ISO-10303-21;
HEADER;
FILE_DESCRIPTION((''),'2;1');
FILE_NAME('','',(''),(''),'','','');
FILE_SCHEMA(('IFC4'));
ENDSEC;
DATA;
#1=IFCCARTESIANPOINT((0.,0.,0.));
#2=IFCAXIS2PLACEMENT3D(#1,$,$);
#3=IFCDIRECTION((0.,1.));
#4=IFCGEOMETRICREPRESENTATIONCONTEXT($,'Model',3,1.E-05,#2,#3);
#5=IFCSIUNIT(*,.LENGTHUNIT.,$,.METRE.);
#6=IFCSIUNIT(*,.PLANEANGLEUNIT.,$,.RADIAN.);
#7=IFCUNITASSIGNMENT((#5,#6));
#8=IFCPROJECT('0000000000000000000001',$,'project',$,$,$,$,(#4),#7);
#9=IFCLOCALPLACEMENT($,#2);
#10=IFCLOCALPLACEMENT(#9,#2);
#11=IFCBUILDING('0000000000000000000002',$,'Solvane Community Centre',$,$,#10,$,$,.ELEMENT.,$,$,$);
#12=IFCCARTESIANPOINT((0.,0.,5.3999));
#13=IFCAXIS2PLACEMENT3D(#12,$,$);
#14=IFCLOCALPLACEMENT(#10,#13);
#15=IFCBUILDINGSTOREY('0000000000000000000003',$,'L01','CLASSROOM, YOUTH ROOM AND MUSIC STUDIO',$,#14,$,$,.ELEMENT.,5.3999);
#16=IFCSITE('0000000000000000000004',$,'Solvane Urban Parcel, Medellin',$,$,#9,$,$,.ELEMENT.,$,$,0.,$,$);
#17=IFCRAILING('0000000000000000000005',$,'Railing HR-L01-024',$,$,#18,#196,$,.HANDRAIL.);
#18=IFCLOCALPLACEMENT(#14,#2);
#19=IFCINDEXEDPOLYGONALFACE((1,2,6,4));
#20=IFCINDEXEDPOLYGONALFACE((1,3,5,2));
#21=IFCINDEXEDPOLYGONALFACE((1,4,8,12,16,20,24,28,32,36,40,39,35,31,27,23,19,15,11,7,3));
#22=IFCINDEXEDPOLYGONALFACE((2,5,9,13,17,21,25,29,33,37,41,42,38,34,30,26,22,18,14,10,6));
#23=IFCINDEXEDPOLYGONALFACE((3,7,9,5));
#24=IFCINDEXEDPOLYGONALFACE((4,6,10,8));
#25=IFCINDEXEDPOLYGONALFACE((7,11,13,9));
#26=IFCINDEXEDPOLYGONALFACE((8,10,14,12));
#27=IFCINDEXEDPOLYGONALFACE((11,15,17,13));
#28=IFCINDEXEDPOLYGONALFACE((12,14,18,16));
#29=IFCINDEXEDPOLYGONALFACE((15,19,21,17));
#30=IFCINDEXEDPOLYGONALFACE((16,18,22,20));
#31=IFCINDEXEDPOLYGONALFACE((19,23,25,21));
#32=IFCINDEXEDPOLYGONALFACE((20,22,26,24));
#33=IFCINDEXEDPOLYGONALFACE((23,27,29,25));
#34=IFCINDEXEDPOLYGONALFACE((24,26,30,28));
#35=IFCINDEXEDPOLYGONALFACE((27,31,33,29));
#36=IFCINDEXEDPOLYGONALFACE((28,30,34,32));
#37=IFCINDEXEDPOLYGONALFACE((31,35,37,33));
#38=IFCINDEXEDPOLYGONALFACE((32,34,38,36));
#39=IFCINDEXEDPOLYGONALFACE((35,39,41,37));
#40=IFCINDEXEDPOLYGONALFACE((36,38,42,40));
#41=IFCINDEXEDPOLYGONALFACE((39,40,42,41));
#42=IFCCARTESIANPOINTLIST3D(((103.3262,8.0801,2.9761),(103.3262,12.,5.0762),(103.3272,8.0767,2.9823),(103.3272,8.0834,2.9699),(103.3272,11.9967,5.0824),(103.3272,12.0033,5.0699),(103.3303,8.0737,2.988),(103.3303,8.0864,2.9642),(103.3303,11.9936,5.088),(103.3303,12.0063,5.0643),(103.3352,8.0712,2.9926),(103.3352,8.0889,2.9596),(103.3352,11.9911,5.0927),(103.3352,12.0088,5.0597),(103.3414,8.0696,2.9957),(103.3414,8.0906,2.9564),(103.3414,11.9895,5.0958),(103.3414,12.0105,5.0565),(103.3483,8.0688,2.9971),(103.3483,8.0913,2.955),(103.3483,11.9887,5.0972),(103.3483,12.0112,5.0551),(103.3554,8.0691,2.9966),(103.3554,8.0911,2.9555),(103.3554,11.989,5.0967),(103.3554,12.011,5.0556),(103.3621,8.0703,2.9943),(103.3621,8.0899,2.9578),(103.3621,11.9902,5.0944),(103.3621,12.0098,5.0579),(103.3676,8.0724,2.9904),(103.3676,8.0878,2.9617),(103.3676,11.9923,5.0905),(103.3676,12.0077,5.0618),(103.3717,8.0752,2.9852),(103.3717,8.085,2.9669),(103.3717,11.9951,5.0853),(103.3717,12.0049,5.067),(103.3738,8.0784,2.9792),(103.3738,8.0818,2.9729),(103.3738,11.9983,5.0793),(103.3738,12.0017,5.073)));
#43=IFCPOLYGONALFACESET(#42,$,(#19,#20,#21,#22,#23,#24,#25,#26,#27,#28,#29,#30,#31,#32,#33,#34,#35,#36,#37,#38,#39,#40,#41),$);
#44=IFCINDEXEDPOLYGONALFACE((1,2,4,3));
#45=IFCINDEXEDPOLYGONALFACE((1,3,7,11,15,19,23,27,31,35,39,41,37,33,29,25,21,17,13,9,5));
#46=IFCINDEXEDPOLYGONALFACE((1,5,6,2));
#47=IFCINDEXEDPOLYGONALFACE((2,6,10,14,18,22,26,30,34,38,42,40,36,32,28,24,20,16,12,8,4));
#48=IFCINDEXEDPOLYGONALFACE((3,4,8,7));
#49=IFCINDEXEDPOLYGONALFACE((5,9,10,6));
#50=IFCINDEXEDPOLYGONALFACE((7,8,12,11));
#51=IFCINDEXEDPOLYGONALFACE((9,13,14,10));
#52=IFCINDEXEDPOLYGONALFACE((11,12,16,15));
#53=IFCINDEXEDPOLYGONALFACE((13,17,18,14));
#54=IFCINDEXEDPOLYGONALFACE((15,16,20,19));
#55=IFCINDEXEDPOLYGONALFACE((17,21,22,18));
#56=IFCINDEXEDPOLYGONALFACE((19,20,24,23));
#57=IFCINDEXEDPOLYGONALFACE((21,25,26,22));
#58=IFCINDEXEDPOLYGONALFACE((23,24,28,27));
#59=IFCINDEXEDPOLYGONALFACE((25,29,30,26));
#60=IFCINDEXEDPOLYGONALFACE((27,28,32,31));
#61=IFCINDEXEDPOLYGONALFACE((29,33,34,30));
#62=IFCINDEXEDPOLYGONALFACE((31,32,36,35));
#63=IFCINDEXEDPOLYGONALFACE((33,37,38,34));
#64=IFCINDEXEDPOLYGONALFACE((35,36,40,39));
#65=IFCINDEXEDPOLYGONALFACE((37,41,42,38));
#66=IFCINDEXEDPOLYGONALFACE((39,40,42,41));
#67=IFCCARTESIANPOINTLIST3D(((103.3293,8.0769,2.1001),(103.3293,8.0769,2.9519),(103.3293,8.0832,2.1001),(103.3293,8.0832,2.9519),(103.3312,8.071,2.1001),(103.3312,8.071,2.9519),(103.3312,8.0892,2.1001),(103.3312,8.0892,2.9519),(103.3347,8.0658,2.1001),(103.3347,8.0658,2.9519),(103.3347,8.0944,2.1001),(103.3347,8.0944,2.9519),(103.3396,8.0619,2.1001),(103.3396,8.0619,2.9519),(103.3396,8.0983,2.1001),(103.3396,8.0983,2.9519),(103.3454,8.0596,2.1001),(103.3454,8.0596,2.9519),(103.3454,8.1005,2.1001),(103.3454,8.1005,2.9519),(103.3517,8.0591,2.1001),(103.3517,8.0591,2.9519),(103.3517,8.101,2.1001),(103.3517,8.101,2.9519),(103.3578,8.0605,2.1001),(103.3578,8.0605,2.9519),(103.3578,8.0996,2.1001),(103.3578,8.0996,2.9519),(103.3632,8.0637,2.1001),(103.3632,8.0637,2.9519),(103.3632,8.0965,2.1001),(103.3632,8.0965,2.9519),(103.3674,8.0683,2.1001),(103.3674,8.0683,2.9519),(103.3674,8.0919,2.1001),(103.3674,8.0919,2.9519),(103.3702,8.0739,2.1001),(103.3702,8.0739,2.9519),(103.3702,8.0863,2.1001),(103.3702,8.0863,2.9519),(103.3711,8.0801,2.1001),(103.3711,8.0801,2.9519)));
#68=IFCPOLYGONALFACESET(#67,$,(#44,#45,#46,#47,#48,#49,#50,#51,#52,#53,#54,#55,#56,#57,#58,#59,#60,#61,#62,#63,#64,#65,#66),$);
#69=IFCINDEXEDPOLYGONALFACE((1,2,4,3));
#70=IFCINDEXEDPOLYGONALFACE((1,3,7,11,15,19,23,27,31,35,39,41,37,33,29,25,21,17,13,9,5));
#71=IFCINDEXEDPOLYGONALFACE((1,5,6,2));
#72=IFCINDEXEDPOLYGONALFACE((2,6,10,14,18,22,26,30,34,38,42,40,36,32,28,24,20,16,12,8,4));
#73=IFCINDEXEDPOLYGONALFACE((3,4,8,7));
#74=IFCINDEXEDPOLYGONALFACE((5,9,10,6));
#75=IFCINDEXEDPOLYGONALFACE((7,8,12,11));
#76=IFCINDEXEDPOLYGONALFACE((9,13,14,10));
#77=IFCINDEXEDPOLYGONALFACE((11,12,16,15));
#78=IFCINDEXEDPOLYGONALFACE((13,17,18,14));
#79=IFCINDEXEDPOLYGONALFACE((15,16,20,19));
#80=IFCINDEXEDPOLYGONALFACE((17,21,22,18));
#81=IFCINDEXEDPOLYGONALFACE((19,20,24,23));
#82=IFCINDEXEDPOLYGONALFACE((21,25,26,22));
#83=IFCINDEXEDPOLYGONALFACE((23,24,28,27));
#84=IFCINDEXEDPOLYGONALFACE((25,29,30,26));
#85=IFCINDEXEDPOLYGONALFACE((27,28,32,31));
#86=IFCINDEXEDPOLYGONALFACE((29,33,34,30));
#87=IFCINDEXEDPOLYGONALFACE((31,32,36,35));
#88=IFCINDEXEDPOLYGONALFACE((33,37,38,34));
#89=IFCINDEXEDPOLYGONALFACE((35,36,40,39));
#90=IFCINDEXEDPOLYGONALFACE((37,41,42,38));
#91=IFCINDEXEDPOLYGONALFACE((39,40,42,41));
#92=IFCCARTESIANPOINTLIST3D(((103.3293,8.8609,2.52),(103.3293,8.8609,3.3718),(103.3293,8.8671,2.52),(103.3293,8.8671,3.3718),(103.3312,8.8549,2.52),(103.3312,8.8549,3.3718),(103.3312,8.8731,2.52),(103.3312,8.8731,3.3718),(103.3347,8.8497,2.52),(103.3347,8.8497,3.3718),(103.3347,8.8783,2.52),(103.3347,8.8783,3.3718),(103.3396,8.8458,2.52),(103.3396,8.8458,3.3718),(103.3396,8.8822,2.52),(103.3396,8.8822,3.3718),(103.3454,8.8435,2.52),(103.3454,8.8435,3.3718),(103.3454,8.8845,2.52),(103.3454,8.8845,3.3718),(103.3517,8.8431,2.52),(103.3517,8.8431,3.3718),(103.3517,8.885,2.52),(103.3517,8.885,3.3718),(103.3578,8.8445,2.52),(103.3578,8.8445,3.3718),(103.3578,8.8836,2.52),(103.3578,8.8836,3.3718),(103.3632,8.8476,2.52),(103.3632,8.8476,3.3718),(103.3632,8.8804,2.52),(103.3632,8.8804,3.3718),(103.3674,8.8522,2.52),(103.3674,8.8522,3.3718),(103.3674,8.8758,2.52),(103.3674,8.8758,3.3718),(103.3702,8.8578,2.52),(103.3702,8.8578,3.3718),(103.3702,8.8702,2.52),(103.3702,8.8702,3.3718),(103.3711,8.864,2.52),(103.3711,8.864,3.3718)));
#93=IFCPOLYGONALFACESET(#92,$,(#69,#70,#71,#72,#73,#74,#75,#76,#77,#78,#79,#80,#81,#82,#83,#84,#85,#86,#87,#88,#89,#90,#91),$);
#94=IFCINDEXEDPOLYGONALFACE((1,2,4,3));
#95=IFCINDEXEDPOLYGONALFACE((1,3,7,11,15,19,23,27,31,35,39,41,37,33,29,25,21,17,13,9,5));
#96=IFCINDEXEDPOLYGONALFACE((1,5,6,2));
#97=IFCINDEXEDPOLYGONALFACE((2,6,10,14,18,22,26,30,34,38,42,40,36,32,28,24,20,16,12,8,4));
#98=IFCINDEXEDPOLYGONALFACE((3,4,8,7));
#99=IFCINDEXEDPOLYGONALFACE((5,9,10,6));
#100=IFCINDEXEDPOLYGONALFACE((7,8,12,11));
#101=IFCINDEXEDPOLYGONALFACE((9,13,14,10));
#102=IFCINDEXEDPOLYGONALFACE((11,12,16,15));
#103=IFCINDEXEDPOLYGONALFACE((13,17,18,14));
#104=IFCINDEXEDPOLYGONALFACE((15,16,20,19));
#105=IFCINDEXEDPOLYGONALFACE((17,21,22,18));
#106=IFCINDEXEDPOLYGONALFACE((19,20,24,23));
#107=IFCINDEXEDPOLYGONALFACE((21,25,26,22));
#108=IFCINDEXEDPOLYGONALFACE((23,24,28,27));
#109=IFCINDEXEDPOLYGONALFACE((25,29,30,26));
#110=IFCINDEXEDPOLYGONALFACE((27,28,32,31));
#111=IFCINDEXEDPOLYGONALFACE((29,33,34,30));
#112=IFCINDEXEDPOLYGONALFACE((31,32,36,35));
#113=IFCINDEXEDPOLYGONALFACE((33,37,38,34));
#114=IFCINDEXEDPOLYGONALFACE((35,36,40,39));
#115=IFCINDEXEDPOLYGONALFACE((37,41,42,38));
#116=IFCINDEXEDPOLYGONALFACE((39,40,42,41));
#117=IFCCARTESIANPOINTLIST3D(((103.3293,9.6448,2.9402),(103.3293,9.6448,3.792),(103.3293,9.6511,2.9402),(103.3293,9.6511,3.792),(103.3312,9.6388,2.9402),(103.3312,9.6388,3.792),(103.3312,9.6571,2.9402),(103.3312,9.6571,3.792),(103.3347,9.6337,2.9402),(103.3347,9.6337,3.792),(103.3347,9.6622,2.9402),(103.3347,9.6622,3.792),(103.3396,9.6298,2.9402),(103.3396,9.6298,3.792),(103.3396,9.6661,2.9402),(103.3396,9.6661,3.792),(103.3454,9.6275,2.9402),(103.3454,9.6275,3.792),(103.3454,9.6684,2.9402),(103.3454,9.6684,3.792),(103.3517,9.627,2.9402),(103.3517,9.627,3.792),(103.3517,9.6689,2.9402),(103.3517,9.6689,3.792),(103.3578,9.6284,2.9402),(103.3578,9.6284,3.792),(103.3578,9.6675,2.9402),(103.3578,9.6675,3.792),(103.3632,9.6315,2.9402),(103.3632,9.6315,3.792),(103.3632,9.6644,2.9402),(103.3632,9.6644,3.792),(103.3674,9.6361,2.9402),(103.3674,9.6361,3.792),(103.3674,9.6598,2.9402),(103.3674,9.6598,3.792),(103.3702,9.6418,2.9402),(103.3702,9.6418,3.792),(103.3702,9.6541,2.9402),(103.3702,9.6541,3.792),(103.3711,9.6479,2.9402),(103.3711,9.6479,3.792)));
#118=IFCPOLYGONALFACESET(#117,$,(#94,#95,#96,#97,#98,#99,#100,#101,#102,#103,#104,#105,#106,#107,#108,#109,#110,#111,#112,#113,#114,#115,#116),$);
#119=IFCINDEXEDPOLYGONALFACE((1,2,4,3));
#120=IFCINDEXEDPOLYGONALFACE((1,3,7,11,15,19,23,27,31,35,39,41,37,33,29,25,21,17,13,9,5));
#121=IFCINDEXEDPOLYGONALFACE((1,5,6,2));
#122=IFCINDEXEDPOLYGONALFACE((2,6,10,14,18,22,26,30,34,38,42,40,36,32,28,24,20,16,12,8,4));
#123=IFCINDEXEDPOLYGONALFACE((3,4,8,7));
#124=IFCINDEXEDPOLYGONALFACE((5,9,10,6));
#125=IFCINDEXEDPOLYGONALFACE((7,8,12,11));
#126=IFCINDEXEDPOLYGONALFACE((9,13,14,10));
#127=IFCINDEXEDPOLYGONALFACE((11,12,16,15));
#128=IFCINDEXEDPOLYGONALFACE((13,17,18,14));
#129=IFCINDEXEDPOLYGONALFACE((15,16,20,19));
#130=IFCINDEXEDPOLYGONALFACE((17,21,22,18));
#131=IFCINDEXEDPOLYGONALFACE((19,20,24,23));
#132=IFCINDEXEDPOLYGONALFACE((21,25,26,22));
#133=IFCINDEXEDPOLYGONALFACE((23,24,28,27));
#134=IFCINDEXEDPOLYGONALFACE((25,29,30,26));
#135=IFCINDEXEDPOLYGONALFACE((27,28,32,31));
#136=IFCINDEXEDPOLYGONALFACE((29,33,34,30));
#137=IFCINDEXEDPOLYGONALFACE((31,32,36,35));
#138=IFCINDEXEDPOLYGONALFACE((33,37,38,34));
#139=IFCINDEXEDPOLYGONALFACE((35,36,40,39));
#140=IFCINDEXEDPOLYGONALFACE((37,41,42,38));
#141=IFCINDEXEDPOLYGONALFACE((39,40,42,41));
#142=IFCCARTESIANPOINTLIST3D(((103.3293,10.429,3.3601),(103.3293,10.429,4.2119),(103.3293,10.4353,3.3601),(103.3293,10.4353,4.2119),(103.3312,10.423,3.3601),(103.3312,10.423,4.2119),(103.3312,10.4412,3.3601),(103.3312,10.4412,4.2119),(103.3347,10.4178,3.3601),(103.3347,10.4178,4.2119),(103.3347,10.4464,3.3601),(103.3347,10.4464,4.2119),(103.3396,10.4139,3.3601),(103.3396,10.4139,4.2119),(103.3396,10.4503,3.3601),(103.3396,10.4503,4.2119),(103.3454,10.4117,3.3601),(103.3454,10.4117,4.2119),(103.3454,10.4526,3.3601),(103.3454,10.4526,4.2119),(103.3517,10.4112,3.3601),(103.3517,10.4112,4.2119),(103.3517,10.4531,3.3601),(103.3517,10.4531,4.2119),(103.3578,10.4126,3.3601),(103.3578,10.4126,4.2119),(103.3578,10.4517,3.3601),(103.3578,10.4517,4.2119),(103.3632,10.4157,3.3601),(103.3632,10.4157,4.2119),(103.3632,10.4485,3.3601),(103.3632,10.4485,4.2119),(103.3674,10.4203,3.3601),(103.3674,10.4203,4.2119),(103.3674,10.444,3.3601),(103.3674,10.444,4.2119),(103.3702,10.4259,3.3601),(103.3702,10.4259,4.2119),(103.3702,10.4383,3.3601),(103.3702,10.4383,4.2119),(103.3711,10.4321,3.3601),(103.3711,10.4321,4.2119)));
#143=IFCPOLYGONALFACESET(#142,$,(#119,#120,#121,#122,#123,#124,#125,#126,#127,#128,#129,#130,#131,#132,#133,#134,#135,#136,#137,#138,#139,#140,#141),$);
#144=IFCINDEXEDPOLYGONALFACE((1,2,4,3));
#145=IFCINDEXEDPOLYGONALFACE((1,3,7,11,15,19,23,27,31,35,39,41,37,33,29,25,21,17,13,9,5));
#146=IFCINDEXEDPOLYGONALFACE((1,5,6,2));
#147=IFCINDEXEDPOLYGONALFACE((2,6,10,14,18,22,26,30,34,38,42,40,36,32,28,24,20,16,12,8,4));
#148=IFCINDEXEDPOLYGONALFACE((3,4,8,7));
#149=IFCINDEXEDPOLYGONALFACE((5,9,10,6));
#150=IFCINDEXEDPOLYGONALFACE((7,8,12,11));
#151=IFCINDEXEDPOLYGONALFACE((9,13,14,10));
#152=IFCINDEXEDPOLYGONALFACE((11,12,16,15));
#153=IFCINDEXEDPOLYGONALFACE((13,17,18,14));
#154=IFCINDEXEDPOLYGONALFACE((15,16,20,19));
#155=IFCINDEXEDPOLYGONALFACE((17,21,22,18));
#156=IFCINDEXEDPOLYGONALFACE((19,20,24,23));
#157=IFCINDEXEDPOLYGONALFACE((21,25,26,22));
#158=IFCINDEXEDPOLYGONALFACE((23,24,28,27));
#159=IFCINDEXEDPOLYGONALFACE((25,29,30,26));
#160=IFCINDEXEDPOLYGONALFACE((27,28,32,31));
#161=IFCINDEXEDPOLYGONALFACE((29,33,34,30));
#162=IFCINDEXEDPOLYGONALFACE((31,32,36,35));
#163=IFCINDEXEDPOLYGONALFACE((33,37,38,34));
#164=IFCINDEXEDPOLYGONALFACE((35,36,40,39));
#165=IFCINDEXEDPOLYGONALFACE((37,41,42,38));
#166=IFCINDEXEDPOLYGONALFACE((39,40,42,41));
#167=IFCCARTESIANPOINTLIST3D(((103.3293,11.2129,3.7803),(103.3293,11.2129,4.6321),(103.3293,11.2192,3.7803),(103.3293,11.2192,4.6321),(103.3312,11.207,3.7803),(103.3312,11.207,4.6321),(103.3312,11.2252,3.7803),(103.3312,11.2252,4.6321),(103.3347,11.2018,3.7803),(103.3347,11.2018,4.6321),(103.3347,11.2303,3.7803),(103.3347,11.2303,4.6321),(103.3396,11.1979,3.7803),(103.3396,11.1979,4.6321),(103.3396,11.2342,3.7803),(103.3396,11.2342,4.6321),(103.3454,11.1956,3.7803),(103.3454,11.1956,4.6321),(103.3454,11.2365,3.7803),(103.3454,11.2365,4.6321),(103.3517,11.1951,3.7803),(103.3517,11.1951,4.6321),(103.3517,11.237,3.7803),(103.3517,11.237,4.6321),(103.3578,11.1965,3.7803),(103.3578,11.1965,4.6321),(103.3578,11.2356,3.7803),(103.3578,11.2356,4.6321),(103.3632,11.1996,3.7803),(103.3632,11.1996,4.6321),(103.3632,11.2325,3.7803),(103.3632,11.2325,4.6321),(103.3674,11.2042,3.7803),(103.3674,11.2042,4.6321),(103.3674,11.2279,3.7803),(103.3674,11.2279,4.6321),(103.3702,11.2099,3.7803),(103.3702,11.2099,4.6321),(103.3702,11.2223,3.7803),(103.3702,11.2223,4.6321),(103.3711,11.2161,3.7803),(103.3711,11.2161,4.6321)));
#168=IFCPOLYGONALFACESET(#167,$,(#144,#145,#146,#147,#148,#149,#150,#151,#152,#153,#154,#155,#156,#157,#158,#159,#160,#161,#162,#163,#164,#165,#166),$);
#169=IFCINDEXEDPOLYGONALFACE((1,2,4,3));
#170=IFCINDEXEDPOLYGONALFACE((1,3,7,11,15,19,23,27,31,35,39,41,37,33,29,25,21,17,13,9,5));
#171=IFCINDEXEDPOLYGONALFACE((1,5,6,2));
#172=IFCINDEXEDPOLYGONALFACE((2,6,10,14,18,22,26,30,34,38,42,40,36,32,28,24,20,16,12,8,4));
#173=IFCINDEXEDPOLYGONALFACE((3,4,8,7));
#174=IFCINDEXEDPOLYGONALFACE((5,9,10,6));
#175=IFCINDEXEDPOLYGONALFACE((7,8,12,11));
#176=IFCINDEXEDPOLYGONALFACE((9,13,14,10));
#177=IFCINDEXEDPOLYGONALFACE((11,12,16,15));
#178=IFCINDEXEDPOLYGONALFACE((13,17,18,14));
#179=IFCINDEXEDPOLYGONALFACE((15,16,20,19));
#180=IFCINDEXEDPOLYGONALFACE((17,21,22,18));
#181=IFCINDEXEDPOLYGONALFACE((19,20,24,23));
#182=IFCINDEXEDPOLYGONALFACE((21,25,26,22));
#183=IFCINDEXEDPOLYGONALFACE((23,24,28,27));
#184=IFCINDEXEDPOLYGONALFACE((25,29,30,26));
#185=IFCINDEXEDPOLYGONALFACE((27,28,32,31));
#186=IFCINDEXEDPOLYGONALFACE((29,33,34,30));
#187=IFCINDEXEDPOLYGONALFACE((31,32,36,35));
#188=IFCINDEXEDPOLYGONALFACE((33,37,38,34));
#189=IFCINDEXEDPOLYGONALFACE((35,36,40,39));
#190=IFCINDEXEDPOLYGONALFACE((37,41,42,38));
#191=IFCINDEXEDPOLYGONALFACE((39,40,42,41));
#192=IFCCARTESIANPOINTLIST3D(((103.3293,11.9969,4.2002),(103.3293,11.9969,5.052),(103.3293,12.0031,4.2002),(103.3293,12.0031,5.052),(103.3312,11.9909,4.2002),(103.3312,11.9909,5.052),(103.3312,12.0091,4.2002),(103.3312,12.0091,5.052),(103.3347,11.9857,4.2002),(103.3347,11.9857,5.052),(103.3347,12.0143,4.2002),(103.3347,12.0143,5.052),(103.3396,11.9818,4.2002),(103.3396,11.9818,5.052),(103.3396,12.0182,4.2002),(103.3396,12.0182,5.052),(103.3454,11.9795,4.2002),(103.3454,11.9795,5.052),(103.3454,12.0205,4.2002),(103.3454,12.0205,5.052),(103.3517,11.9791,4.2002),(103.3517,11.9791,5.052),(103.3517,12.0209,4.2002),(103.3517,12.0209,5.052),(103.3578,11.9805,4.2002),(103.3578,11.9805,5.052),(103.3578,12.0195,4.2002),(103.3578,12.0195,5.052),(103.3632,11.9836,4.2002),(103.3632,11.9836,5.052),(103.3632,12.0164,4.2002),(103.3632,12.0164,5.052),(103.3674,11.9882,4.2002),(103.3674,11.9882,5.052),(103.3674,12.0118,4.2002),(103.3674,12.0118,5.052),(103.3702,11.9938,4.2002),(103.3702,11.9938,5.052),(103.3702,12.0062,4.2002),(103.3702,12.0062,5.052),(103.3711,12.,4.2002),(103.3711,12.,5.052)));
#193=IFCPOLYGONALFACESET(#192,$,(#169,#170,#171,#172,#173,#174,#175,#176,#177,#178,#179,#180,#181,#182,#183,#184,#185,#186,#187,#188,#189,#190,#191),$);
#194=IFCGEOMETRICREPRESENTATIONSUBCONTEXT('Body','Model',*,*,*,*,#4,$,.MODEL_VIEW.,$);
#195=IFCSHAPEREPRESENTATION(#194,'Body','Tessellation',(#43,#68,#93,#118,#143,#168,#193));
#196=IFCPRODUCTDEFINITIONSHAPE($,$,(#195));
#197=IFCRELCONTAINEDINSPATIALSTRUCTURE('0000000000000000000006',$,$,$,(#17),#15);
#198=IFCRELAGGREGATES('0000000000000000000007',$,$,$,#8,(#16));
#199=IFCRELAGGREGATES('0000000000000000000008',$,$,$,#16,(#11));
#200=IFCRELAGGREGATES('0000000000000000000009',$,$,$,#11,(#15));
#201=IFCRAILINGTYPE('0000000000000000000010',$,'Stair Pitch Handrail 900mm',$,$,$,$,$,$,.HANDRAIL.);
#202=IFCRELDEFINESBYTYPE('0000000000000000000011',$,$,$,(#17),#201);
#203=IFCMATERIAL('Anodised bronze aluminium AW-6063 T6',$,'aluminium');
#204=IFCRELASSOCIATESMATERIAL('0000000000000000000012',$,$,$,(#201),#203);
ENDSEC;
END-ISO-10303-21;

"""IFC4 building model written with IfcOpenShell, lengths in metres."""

from ifc_helpers import new_model, si_unit, direction, frame, origin, origin_2d, place, context, subcontext, project, spatial, circle, extrude, material, type_object, element, save


model = new_model("IFC4")

# Units and contexts
model_context = context("Model", 3, precision=1e-05, world=origin(), true_north=direction((0.0, 1.0)))
body_context = subcontext(model_context, "Body", "Model", "MODEL_VIEW")
ifc_project = project(units=[si_unit("LENGTHUNIT", "METRE"), si_unit("PLANEANGLEUNIT", "RADIAN")], contexts=[model_context])

# Site, building, storey
site_placement = place(None, origin())
site = spatial("IfcSite", under=ifc_project, at=site_placement, Name="Solvane Urban Parcel, Medellin", CompositionType="ELEMENT", RefElevation=0.0)
building_placement = place(site_placement, origin())
building = spatial("IfcBuilding", under=site, at=building_placement, Name="Solvane Community Centre", CompositionType="ELEMENT")
storey_placement = place(building_placement, frame((0.0, 0.0, 5.3999)))
storey = spatial("IfcBuildingStorey", under=building, at=storey_placement, Name="L01", Description="CLASSROOM, YOUTH ROOM AND MUSIC STUDIO", CompositionType="ELEMENT", Elevation=5.3999)

# Shared definitions
ifc_material_1 = material(Name="Anodised bronze aluminium AW-6063 T6", Category="aluminium")

# Railing
railing_type_1 = type_object("IfcRailingType", Name="Stair Pitch Handrail 900mm", PredefinedType="HANDRAIL", material=ifc_material_1)
railing_1_placement = place(storey_placement, frame((103.3501, 8.0801, 2.1001)))
element("IfcRailing", 1, at=railing_1_placement, inside=storey, type_object=railing_type_1, Name="Railing HR-L01-024", PredefinedType="HANDRAIL", context=body_context, shape_type="SweptSolid", body=[
    extrude(circle(Radius=0.0239, at=origin_2d()), frame((0.0, 0.0, 0.876), z_axis=(0.0, 0.881467, 0.472246), x_axis=(-1.0, 0.0, 0.0)), (0.0, 0.0, 1.0), 4.447),
    extrude(circle(Radius=0.021, at=origin_2d()), origin(), (0.0, 0.0, 1.0), 0.8518),
    extrude(circle(Radius=0.021, at=origin_2d()), frame((0.0, 0.7839, 0.4199)), (0.0, 0.0, 1.0), 0.8518),
    extrude(circle(Radius=0.021, at=origin_2d()), frame((0.0, 1.5679, 0.8401)), (0.0, 0.0, 1.0), 0.8518),
    extrude(circle(Radius=0.021, at=origin_2d()), frame((0.0, 2.3521, 1.26)), (0.0, 0.0, 1.0), 0.8518),
    extrude(circle(Radius=0.021, at=origin_2d()), frame((0.0, 3.136, 1.6802)), (0.0, 0.0, 1.0), 0.8518),
    extrude(circle(Radius=0.021, at=origin_2d()), frame((0.0, 3.9199, 2.1001)), (0.0, 0.0, 1.0), 0.8518),
])

save(model, "model.ifc")
